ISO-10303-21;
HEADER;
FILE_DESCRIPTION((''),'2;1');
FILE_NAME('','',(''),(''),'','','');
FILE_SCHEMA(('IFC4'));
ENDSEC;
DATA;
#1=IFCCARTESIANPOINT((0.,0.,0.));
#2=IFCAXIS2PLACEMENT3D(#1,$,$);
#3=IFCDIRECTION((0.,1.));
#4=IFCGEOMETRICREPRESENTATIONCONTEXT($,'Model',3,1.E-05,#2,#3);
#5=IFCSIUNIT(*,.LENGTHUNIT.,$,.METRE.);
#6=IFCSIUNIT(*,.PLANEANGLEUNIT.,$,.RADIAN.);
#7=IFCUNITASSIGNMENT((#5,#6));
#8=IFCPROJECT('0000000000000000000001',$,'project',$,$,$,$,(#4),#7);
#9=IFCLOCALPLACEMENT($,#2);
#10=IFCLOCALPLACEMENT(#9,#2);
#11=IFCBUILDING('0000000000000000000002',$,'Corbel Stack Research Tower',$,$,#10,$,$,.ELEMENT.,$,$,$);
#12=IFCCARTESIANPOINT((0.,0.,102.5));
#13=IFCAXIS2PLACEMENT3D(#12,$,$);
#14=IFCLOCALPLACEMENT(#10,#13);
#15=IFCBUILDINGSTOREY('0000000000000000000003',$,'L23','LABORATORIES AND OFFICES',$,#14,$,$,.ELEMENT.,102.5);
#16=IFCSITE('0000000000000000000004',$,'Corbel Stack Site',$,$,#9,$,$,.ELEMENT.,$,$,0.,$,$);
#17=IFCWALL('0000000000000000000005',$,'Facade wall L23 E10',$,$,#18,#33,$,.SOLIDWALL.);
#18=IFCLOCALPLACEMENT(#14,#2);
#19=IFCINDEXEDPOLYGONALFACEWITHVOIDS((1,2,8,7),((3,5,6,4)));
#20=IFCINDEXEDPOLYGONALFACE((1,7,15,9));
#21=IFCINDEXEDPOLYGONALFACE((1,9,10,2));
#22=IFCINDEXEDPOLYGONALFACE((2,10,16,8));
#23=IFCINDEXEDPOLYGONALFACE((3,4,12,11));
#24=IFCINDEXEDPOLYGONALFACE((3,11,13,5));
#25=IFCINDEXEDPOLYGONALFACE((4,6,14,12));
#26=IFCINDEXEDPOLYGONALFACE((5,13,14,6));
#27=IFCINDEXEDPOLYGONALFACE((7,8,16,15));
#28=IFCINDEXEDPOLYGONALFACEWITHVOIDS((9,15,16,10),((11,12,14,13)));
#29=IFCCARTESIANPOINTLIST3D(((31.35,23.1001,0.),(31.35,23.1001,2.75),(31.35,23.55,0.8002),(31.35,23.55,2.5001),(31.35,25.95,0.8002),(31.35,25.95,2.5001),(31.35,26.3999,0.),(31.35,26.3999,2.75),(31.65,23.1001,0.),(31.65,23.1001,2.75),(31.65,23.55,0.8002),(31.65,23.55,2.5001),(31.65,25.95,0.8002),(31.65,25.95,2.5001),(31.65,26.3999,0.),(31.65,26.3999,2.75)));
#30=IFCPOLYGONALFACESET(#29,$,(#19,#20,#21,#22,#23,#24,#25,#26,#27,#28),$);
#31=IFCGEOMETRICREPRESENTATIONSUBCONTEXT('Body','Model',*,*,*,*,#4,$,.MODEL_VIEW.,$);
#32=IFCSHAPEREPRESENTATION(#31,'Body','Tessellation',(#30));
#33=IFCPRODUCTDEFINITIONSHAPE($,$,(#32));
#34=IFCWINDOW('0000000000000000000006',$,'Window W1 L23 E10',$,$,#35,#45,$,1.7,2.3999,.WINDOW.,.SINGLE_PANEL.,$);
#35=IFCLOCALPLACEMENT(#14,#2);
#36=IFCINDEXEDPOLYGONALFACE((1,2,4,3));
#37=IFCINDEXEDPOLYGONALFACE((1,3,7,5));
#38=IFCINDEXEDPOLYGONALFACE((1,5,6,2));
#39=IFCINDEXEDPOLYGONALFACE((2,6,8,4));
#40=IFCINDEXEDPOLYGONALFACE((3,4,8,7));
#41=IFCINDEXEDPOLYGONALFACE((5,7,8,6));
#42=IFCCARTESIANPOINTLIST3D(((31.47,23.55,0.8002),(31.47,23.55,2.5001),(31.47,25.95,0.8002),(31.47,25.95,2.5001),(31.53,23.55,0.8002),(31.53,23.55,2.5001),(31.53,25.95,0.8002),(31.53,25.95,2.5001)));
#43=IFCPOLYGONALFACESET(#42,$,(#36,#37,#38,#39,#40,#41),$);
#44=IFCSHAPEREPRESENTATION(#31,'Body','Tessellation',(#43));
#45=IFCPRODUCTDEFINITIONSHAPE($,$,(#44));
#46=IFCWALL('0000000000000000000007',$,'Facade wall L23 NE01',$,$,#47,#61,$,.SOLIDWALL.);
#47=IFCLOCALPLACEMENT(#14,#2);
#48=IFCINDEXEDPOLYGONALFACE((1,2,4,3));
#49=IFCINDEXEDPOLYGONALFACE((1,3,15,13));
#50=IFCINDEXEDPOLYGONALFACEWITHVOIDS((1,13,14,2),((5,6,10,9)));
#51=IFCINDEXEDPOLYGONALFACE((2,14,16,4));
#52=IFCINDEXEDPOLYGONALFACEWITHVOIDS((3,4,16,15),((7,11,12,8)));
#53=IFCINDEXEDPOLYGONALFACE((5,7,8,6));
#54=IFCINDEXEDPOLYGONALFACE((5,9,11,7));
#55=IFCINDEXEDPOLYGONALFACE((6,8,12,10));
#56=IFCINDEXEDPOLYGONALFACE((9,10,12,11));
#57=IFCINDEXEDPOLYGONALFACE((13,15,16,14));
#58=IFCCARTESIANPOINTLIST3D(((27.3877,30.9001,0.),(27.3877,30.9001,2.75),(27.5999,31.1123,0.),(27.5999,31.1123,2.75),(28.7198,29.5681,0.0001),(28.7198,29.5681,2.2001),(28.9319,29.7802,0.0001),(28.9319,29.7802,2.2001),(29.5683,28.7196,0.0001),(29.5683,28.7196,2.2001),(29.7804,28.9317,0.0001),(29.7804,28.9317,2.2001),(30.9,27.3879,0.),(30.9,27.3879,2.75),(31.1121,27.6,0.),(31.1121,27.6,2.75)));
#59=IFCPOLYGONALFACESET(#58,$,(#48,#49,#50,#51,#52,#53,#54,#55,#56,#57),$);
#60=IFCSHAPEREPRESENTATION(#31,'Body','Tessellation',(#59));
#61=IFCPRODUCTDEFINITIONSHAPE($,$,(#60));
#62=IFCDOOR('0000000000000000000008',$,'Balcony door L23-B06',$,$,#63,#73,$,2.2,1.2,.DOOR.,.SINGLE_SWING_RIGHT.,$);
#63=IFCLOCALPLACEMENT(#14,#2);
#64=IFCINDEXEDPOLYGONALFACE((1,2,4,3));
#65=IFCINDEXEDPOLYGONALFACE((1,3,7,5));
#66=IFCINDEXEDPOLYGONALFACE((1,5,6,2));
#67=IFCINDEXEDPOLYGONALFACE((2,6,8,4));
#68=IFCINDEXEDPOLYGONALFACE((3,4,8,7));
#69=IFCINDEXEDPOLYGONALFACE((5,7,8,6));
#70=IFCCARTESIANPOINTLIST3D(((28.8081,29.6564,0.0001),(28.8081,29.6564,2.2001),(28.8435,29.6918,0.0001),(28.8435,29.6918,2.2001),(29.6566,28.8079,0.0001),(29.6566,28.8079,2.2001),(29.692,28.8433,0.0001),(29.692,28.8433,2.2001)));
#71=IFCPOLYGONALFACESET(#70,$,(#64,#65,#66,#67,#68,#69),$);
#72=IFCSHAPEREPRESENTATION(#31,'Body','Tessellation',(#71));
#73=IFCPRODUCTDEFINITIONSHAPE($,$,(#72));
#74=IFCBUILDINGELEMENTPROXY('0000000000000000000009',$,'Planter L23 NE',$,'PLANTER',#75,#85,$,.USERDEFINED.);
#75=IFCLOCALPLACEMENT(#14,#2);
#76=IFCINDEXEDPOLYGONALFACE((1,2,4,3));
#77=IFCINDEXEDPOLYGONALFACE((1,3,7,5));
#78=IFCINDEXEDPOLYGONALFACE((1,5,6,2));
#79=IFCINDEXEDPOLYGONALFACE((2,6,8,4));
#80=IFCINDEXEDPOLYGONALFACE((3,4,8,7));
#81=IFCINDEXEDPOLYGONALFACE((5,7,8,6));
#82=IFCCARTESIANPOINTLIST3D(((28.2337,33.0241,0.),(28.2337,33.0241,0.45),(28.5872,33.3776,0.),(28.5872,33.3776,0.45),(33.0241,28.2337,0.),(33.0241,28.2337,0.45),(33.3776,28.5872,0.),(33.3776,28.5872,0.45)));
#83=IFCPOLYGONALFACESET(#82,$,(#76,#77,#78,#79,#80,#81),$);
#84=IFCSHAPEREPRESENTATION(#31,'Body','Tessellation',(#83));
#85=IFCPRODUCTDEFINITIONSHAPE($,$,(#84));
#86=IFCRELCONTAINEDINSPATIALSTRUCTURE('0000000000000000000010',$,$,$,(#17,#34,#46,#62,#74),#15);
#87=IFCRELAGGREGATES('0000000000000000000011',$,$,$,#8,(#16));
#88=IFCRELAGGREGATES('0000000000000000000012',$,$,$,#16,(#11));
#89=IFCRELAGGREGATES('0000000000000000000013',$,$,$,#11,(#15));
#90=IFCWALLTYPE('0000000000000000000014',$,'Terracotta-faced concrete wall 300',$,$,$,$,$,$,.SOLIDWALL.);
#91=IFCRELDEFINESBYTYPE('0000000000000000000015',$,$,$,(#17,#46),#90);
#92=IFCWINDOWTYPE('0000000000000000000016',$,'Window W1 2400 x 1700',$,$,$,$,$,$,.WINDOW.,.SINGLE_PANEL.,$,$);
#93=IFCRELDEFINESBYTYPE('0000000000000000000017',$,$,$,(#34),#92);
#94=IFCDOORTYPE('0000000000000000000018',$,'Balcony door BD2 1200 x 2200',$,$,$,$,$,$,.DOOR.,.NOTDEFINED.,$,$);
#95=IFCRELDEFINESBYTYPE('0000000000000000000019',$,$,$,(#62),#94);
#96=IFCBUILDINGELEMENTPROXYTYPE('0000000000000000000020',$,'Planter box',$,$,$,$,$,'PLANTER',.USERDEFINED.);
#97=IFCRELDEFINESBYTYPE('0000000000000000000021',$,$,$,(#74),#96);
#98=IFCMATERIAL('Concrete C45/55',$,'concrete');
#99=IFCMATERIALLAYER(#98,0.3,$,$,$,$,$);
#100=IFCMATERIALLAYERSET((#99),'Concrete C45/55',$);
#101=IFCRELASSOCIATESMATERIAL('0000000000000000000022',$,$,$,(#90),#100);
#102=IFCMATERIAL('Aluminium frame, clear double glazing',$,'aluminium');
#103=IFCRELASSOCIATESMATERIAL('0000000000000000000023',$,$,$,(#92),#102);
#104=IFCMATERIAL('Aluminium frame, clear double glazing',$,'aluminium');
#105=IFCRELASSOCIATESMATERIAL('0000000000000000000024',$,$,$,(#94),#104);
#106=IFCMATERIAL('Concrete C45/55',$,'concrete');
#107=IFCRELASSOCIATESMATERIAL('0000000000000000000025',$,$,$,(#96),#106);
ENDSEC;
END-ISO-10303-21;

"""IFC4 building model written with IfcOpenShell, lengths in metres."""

from ifc_helpers import new_model, si_unit, direction, frame, frame_2d, origin, origin_2d, place, context, subcontext, project, spatial, rectangle, extrude, material, layer, layer_set, type_object, element, fill, save


model = new_model("IFC4")

# Units and contexts
model_context = context("Model", 3, precision=1e-05, world=origin(), true_north=direction((0.0, 1.0)))
body_context = subcontext(model_context, "Body", "Model", "MODEL_VIEW")
ifc_project = project(units=[si_unit("LENGTHUNIT", "METRE"), si_unit("PLANEANGLEUNIT", "RADIAN")], contexts=[model_context])

# Site, building, storey
site_placement = place(None, origin())
site = spatial("IfcSite", under=ifc_project, at=site_placement, Name="Corbel Stack Site", CompositionType="ELEMENT", RefElevation=0.0)
building_placement = place(site_placement, origin())
building = spatial("IfcBuilding", under=site, at=building_placement, Name="Corbel Stack Research Tower", CompositionType="ELEMENT")
storey_placement = place(building_placement, frame((0.0, 0.0, 102.5)))
storey = spatial("IfcBuildingStorey", under=building, at=storey_placement, Name="L23", Description="LABORATORIES AND OFFICES", CompositionType="ELEMENT", Elevation=102.5)

# Wall, opening, window
ifc_material_1 = material(Name="Concrete C45/55", Category="concrete")
ifc_layer_1 = layer(ifc_material_1, 0.3)
ifc_layer_set_1 = layer_set([ifc_layer_1], Name="Concrete C45/55")
wall_type_1 = type_object("IfcWallType", Name="Terracotta-faced concrete wall 300", PredefinedType="SOLIDWALL", material=ifc_layer_set_1)
wall_1_placement = place(storey_placement, frame((31.5, 26.3999, 0.0), z_axis=(0.0, 0.0, 1.0), x_axis=(0.0, -1.0, 0.0)))
wall_1 = element("IfcWall", 1, at=wall_1_placement, inside=storey, type_object=wall_type_1, Name="Facade wall L23 E10", PredefinedType="SOLIDWALL", context=body_context, shape_type="SweptSolid", body=[
    extrude(rectangle(XDim=3.2998, YDim=0.3, at=frame_2d((1.6499, 0.0))), origin(), (0.0, 0.0, 1.0), 2.75),
])
opening_1_placement = place(wall_1_placement, frame((0.45, 0.0, 0.8)))
opening_1 = element("IfcOpeningElement", 2, at=opening_1_placement, cuts=wall_1, PredefinedType="OPENING", context=body_context, shape_type="SweptSolid", body=[
    extrude(rectangle(XDim=2.3999, YDim=1.7, at=frame_2d((1.2, 0.8501))), frame((0.0, 0.1599, 0.0), z_axis=(0.0, -1.0, 0.0), x_axis=(1.0, 0.0, 0.0)), (0.0, 0.0, 1.0), 0.3201),
])
ifc_material_2 = material(Name="Aluminium frame, clear double glazing", Category="aluminium")
window_type = type_object("IfcWindowType", Name="Window W1 2400 x 1700", PartitioningType="SINGLE_PANEL", PredefinedType="WINDOW", material=ifc_material_2)
window_placement = place(opening_1_placement, origin())
window = element("IfcWindow", 3, at=window_placement, inside=storey, type_object=window_type, Name="Window W1 L23 E10", OverallHeight=1.7, OverallWidth=2.3999, PartitioningType="SINGLE_PANEL", PredefinedType="WINDOW", context=body_context, shape_type="SweptSolid", body=[
    extrude(rectangle(XDim=2.3999, YDim=1.7, at=frame_2d((1.2, 0.8501))), frame((0.0, 0.03, 0.0), z_axis=(0.0, -1.0, 0.0), x_axis=(1.0, 0.0, 0.0)), (0.0, 0.0, 1.0), 0.0601),
])
fill(opening_1, window)

# Wall, opening, door
wall_2_placement = place(storey_placement, frame((27.4939, 31.0061, 0.0), z_axis=(0.0, 0.0, 1.0), x_axis=(0.707107, -0.707107, 0.0)))
wall_2 = element("IfcWall", 4, at=wall_2_placement, inside=storey, type_object=wall_type_1, Name="Facade wall L23 NE01", PredefinedType="SOLIDWALL", context=body_context, shape_type="SweptSolid", body=[
    extrude(rectangle(XDim=4.967, YDim=0.3, at=frame_2d((2.4834, 0.0))), origin(), (0.0, 0.0, 1.0), 2.75),
])
opening_2_placement = place(wall_2_placement, frame((1.8835, 0.0, 0.0)))
opening_2 = element("IfcOpeningElement", 5, at=opening_2_placement, cuts=wall_2, PredefinedType="OPENING", context=body_context, shape_type="SweptSolid", body=[
    extrude(rectangle(XDim=1.2, YDim=2.2, at=frame_2d((0.6001, 1.1001))), frame((0.0, 0.1599, 0.0), z_axis=(0.0, -1.0, 0.0), x_axis=(1.0, 0.0, 0.0)), (0.0, 0.0, 1.0), 0.3201),
])
ifc_material_3 = material(Name="Aluminium frame, clear double glazing", Category="aluminium")
door_type_1 = type_object("IfcDoorType", Name="Balcony door BD2 1200 x 2200", OperationType="NOTDEFINED", PredefinedType="DOOR", material=ifc_material_3)
door_1_placement = place(opening_2_placement, origin())
door_1 = element("IfcDoor", 6, at=door_1_placement, inside=storey, type_object=door_type_1, Name="Balcony door L23-B06", OperationType="SINGLE_SWING_RIGHT", OverallHeight=2.2, OverallWidth=1.2, PredefinedType="DOOR", context=body_context, shape_type="SweptSolid", body=[
    extrude(rectangle(XDim=1.2, YDim=2.2, at=frame_2d((0.6001, 1.1001))), frame((0.0, 0.0249, 0.0), z_axis=(0.0, -1.0, 0.0), x_axis=(1.0, 0.0, 0.0)), (0.0, 0.0, 1.0), 0.05),
])
fill(opening_2, door_1)

# Building element proxy
ifc_material_4 = material(Name="Concrete C45/55", Category="concrete")
building_element_proxy_type = type_object("IfcBuildingElementProxyType", Name="Planter box", ElementType="PLANTER", PredefinedType="USERDEFINED", material=ifc_material_4)
proxy_placement = place(storey_placement, frame((30.8057, 30.8057, 0.0), z_axis=(0.0, 0.0, 1.0), x_axis=(-0.707107, 0.707107, 0.0)))
element("IfcBuildingElementProxy", 7, at=proxy_placement, inside=storey, type_object=building_element_proxy_type, Name="Planter L23 NE", ObjectType="PLANTER", PredefinedType="USERDEFINED", context=body_context, shape_type="SweptSolid", body=[
    extrude(rectangle(XDim=6.7747, YDim=0.5, at=origin_2d()), origin(), (0.0, 0.0, 1.0), 0.45),
])

save(model, "model.ifc")
